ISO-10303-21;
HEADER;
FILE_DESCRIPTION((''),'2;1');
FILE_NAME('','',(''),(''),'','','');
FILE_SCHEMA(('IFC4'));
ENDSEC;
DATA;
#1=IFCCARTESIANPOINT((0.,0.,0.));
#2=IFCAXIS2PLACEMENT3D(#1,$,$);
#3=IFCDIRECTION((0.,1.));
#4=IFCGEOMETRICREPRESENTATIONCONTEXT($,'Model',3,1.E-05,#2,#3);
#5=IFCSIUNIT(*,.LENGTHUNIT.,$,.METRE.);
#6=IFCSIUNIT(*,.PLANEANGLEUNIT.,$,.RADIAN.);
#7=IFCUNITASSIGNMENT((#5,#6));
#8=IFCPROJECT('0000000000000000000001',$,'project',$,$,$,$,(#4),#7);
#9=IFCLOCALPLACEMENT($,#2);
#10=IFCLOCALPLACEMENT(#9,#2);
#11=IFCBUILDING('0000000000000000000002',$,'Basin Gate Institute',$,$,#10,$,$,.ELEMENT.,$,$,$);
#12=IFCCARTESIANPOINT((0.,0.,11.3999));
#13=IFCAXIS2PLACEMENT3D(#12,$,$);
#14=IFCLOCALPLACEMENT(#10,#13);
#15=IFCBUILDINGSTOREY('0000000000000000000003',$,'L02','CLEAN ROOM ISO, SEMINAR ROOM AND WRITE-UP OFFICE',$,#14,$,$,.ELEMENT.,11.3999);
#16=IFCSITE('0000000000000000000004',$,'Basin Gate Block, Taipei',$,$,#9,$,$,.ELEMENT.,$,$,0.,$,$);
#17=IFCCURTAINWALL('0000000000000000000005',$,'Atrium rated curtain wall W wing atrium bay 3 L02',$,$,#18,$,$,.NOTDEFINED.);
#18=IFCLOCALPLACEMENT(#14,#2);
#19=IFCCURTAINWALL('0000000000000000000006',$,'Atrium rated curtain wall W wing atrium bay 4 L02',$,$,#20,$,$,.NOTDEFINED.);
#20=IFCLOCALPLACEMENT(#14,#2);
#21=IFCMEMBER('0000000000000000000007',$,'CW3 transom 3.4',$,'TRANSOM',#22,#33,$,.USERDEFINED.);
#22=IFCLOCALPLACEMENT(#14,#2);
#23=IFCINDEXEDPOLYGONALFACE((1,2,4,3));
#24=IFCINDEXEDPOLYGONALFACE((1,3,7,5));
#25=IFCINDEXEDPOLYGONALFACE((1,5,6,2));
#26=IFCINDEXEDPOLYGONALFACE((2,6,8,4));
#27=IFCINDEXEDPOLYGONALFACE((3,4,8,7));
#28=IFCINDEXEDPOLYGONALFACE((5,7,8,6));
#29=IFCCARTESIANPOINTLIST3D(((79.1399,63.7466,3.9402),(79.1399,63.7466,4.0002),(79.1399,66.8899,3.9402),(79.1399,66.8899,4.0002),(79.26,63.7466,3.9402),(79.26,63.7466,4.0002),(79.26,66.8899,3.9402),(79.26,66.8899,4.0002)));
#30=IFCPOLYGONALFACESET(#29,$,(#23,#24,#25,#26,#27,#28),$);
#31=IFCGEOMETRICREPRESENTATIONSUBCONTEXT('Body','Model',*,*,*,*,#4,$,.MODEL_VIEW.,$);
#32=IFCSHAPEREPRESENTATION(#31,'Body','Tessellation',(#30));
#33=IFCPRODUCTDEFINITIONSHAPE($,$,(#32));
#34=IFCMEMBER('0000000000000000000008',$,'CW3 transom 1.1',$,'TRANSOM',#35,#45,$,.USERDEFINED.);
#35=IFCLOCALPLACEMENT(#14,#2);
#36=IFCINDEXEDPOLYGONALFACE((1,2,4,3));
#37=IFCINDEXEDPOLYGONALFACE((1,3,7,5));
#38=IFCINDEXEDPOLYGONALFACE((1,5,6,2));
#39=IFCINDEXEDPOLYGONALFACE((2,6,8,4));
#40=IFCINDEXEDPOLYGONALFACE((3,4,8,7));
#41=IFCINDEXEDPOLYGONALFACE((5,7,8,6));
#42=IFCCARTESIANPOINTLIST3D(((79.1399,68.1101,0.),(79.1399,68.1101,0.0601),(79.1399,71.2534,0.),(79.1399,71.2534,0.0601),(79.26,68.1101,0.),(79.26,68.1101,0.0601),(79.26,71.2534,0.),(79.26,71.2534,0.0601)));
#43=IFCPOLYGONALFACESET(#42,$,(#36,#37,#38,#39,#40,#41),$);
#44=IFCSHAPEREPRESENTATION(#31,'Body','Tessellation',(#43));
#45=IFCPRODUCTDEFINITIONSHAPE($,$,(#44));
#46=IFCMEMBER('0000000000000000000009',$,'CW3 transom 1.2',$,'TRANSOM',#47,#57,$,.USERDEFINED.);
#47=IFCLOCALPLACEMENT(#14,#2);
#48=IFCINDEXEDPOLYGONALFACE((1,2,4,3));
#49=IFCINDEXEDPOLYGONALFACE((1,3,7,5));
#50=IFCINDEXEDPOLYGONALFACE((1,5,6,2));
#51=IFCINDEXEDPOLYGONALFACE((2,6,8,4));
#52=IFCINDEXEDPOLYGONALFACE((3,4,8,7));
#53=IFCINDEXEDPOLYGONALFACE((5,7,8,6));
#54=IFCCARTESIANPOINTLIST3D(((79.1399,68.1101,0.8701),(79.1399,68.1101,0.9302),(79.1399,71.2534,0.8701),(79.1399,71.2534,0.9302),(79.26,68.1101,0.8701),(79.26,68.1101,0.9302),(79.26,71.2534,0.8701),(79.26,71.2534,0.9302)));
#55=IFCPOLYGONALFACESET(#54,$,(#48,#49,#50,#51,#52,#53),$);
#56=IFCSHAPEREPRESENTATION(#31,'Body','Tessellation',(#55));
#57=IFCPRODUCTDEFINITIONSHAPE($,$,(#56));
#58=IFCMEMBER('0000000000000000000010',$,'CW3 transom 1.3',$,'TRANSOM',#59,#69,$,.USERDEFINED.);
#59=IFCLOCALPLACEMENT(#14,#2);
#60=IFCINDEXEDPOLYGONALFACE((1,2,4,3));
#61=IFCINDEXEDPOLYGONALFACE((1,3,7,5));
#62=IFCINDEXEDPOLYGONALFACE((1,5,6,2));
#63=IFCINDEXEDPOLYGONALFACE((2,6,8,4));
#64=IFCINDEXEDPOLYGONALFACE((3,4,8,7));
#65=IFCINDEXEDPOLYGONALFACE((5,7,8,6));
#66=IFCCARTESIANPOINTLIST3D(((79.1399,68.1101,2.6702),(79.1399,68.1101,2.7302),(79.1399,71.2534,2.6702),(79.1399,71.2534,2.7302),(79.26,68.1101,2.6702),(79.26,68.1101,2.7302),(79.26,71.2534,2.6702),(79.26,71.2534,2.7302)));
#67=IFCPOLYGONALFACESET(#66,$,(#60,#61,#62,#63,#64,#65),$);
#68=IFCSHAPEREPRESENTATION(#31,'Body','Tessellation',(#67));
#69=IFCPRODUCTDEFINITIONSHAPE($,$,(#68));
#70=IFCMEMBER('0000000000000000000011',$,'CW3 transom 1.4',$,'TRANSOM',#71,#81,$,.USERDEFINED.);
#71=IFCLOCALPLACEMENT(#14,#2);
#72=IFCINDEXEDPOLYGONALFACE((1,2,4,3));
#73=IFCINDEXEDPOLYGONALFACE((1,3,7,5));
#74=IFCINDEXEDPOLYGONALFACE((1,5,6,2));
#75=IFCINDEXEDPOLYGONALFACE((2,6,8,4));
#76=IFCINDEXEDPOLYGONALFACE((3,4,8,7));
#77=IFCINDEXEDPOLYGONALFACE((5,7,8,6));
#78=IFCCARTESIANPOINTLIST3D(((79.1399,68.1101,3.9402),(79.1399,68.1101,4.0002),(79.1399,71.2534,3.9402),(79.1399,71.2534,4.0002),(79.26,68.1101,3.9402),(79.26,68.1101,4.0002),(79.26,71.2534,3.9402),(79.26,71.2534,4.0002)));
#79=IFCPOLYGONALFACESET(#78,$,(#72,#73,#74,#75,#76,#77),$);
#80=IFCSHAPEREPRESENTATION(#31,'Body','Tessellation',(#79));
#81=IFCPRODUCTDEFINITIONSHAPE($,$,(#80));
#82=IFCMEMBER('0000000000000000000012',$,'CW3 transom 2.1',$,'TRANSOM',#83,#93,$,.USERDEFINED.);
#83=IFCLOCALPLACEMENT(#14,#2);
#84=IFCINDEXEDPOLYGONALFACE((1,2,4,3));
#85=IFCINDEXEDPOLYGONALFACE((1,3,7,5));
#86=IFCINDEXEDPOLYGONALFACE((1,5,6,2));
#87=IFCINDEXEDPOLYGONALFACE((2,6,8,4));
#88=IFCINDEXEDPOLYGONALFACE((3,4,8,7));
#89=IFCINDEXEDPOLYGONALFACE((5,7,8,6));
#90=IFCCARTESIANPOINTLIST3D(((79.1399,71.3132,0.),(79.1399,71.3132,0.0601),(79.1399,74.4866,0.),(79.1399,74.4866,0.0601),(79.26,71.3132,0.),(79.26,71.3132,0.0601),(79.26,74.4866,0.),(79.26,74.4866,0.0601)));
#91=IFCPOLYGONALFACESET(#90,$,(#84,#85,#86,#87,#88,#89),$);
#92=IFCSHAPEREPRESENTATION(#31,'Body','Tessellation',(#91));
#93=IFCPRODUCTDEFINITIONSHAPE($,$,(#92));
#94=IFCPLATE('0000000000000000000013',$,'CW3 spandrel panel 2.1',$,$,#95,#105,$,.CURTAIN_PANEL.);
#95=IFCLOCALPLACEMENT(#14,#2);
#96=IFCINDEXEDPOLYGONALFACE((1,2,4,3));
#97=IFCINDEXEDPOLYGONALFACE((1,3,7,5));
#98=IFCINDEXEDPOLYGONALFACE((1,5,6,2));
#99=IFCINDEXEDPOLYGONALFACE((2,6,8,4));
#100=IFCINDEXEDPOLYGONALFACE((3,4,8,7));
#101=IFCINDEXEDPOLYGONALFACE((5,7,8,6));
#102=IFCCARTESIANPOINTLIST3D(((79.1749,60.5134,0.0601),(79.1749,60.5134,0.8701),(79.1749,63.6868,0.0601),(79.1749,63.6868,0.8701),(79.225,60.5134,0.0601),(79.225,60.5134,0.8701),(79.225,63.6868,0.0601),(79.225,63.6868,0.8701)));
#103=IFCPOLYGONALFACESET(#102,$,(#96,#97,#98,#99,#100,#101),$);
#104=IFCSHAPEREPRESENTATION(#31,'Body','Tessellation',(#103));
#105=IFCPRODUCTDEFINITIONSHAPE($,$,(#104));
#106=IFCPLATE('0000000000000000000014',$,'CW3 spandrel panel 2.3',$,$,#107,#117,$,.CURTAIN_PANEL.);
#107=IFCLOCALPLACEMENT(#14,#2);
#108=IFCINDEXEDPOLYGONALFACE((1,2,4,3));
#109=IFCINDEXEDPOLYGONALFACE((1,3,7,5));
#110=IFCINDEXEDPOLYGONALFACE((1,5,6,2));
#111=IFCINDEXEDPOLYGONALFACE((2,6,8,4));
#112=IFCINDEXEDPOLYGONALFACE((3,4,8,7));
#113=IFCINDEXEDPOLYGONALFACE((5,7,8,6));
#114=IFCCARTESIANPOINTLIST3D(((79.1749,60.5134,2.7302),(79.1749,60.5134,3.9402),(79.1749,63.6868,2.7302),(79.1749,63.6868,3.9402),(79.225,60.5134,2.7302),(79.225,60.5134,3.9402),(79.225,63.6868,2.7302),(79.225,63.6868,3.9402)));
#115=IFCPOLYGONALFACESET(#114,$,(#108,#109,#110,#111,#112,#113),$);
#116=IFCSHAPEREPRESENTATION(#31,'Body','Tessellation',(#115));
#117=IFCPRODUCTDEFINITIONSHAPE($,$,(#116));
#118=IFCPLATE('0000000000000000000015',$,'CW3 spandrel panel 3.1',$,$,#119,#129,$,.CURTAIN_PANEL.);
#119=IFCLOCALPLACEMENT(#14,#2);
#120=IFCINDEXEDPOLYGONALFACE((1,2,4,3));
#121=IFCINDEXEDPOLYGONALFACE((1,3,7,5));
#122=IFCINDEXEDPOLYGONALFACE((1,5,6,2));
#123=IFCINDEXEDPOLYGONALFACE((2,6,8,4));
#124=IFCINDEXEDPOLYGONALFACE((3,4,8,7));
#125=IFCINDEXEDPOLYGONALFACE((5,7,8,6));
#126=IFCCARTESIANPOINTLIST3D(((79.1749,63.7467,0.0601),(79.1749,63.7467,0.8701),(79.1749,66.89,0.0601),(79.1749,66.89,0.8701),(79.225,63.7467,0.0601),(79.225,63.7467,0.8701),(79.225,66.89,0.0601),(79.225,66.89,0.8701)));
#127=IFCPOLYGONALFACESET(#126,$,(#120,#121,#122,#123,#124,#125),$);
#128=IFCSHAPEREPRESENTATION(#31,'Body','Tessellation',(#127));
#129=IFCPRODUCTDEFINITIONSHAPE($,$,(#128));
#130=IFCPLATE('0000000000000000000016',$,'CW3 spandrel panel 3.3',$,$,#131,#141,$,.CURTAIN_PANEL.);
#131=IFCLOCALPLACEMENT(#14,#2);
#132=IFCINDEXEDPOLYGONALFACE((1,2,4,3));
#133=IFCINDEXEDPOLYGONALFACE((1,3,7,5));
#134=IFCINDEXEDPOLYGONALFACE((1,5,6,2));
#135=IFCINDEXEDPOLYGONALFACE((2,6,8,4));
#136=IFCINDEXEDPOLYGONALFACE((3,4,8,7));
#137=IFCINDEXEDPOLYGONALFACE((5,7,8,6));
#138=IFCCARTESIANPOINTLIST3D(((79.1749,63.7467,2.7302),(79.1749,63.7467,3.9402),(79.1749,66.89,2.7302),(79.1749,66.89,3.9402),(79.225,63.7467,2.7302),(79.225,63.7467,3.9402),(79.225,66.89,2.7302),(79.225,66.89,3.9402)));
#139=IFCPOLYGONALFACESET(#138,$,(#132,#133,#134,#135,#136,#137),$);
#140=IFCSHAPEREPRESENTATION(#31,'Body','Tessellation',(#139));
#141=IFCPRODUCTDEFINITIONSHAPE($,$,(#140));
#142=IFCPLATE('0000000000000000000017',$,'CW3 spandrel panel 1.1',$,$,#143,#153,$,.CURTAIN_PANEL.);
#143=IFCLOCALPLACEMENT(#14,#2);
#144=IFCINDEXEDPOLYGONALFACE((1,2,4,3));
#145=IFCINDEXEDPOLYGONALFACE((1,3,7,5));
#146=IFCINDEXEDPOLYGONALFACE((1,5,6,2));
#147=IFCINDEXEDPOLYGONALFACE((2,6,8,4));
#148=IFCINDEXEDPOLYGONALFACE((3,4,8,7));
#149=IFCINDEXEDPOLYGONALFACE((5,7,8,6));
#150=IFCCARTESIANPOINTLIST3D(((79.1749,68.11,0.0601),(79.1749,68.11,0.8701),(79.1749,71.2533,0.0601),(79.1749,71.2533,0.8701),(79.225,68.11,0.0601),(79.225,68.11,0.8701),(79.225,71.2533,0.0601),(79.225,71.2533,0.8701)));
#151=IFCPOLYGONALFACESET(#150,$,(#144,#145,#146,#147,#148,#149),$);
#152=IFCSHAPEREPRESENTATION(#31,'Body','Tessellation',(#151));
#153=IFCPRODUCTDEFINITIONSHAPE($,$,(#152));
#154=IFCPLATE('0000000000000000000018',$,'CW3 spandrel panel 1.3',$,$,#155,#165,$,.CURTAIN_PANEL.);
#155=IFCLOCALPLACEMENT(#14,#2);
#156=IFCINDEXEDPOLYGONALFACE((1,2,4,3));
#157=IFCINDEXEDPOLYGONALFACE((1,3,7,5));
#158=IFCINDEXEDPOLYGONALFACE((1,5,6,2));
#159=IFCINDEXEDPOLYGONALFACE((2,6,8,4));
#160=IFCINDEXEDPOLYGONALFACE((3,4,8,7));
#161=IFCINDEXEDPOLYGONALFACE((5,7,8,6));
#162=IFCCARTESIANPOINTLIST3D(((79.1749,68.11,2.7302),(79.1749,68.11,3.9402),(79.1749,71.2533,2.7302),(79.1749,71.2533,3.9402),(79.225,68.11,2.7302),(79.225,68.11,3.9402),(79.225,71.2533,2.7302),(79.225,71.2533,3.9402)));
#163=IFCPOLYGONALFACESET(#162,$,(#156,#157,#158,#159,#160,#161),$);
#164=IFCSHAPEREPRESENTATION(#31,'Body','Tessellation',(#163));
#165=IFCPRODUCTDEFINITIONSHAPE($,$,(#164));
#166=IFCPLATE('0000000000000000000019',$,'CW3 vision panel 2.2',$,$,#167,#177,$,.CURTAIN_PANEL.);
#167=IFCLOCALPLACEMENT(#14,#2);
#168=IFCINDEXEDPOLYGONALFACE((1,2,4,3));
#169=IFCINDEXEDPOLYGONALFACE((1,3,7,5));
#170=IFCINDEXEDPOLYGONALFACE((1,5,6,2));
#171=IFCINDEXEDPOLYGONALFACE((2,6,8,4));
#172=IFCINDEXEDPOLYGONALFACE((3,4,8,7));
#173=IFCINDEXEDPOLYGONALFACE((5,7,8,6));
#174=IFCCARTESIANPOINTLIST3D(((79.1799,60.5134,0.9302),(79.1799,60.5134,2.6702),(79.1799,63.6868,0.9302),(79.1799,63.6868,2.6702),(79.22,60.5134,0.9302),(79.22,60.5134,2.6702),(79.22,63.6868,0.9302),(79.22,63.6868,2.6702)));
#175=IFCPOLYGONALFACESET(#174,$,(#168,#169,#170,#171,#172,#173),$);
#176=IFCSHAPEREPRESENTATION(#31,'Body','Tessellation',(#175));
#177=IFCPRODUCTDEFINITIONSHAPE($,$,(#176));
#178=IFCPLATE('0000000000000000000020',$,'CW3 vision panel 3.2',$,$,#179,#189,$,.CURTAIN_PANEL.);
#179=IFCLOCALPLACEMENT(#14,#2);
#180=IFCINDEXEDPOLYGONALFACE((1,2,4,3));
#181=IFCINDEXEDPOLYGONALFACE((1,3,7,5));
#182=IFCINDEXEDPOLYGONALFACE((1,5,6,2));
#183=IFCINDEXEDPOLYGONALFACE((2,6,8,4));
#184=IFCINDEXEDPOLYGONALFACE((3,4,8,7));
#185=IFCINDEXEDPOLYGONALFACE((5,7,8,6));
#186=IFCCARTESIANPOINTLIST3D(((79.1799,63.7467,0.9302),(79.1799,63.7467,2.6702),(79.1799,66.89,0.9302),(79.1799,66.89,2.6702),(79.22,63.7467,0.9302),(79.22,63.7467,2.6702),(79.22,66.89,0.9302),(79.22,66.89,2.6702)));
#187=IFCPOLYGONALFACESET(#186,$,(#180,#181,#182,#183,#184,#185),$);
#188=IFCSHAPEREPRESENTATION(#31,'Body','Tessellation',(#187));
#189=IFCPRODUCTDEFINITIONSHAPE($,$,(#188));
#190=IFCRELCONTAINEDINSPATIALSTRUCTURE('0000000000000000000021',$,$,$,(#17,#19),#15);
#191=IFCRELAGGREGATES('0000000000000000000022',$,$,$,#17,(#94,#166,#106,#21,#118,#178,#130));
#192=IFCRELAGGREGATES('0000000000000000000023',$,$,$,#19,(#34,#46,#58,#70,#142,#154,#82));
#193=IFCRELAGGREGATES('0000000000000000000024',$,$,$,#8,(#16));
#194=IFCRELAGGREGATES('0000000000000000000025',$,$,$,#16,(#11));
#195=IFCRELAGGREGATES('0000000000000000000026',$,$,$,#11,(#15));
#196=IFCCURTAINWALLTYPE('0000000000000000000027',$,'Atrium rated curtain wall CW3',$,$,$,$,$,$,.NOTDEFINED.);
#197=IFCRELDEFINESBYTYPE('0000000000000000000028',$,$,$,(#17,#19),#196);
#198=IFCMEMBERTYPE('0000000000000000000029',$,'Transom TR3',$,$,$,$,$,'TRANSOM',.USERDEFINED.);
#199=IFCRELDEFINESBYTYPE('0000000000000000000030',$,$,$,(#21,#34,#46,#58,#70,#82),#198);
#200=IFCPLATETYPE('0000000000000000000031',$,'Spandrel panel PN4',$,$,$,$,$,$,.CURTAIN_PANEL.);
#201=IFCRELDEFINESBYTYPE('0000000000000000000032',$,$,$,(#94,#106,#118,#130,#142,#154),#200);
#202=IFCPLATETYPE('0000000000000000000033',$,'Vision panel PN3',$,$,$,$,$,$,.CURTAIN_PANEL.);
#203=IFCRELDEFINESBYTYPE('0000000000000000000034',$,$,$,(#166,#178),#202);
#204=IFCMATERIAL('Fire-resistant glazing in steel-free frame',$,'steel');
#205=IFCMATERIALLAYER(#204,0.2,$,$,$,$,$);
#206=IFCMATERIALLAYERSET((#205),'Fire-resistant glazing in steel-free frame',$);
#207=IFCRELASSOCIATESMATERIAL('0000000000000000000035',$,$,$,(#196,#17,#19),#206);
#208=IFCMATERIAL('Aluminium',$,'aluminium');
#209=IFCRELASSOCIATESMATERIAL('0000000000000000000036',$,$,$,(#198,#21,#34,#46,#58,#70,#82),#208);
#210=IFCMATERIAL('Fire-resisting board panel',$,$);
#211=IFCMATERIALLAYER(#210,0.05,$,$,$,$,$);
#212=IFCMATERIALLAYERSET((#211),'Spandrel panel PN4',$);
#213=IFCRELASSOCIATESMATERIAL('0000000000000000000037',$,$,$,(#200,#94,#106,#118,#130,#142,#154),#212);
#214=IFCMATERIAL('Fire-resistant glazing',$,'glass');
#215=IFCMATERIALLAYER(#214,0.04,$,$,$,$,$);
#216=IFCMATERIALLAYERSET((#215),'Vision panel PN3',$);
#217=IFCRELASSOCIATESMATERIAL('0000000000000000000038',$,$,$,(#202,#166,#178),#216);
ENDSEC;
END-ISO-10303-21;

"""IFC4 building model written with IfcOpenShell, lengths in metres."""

from ifc_helpers import new_model, si_unit, direction, frame, origin, origin_2d, place, context, subcontext, project, spatial, rectangle, extrude, material, layer, layer_set, material_profile, profile_set, type_object, element, aggregate, save


model = new_model("IFC4")

# Units and contexts
model_context = context("Model", 3, precision=1e-05, world=origin(), true_north=direction((0.0, 1.0)))
body_context = subcontext(model_context, "Body", "Model", "MODEL_VIEW")
ifc_project = project(units=[si_unit("LENGTHUNIT", "METRE"), si_unit("PLANEANGLEUNIT", "RADIAN")], contexts=[model_context])

# Site, building, storey
site_placement = place(None, origin())
site = spatial("IfcSite", under=ifc_project, at=site_placement, Name="Basin Gate Block, Taipei", CompositionType="ELEMENT", RefElevation=0.0)
building_placement = place(site_placement, origin())
building = spatial("IfcBuilding", under=site, at=building_placement, Name="Basin Gate Institute", CompositionType="ELEMENT")
storey_placement = place(building_placement, frame((0.0, 0.0, 11.3999)))
storey = spatial("IfcBuildingStorey", under=building, at=storey_placement, Name="L02", Description="CLEAN ROOM ISO, SEMINAR ROOM AND WRITE-UP OFFICE", CompositionType="ELEMENT", Elevation=11.3999)

# Curtain walls
ifc_material_1 = material(Name="Fire-resistant glazing in steel-free frame", Category="steel")
ifc_layer_1 = layer(ifc_material_1, 0.2)
ifc_layer_set_1 = layer_set([ifc_layer_1], Name="Fire-resistant glazing in steel-free frame")
curtain_wall_type = type_object("IfcCurtainWallType", Name="Atrium rated curtain wall CW3", PredefinedType="NOTDEFINED", material=ifc_layer_set_1)
curtain_wall_1_placement = place(storey_placement, origin())
curtain_wall_1 = element("IfcCurtainWall", 1, at=curtain_wall_1_placement, inside=storey, type_object=curtain_wall_type, material=ifc_layer_set_1, Name="Atrium rated curtain wall W wing atrium bay 3 L02", PredefinedType="NOTDEFINED")
curtain_wall_2_placement = place(storey_placement, origin())
curtain_wall_2 = element("IfcCurtainWall", 2, at=curtain_wall_2_placement, inside=storey, type_object=curtain_wall_type, material=ifc_layer_set_1, Name="Atrium rated curtain wall W wing atrium bay 4 L02", PredefinedType="NOTDEFINED")

# Members
ifc_material_2 = material(Name="Aluminium", Category="aluminium")
ifc_material_profile_1 = material_profile(ifc_material_2, rectangle(XDim=0.1201, YDim=0.0601, at=origin_2d()), Name="Transom TR3 120 x 60")
ifc_profile_set_1 = profile_set([ifc_material_profile_1], Name="Aluminium")
member_type_1 = type_object("IfcMemberType", Name="Transom TR3", ElementType="TRANSOM", PredefinedType="USERDEFINED", material=ifc_profile_set_1)
member_1_placement = place(storey_placement, frame((79.2, 63.7466, 3.9702), z_axis=(0.0, 1.0, 0.0), x_axis=(-1.0, 0.0, 0.0)))
member_1 = element("IfcMember", 3, at=member_1_placement, type_object=member_type_1, material=ifc_profile_set_1, Name="CW3 transom 3.4", ObjectType="TRANSOM", PredefinedType="USERDEFINED", context=body_context, shape_type="SweptSolid", body=[
    extrude(rectangle(XDim=0.1201, YDim=0.0601, at=origin_2d()), origin(), (0.0, 0.0, 1.0), 3.1433),
])
member_2_placement = place(storey_placement, frame((79.2, 68.1101, 0.03), z_axis=(0.0, 1.0, 0.0), x_axis=(-1.0, 0.0, 0.0)))
member_2 = element("IfcMember", 4, at=member_2_placement, type_object=member_type_1, material=ifc_profile_set_1, Name="CW3 transom 1.1", ObjectType="TRANSOM", PredefinedType="USERDEFINED", context=body_context, shape_type="SweptSolid", body=[
    extrude(rectangle(XDim=0.1201, YDim=0.0601, at=origin_2d()), origin(), (0.0, 0.0, 1.0), 3.1433),
])
member_3_placement = place(storey_placement, frame((79.2, 68.1101, 0.9001), z_axis=(0.0, 1.0, 0.0), x_axis=(-1.0, 0.0, 0.0)))
member_3 = element("IfcMember", 5, at=member_3_placement, type_object=member_type_1, material=ifc_profile_set_1, Name="CW3 transom 1.2", ObjectType="TRANSOM", PredefinedType="USERDEFINED", context=body_context, shape_type="SweptSolid", body=[
    extrude(rectangle(XDim=0.1201, YDim=0.0601, at=origin_2d()), origin(), (0.0, 0.0, 1.0), 3.1433),
])
member_4_placement = place(storey_placement, frame((79.2, 68.1101, 2.7002), z_axis=(0.0, 1.0, 0.0), x_axis=(-1.0, 0.0, 0.0)))
member_4 = element("IfcMember", 6, at=member_4_placement, type_object=member_type_1, material=ifc_profile_set_1, Name="CW3 transom 1.3", ObjectType="TRANSOM", PredefinedType="USERDEFINED", context=body_context, shape_type="SweptSolid", body=[
    extrude(rectangle(XDim=0.1201, YDim=0.0601, at=origin_2d()), origin(), (0.0, 0.0, 1.0), 3.1433),
])
member_5_placement = place(storey_placement, frame((79.2, 68.1101, 3.9702), z_axis=(0.0, 1.0, 0.0), x_axis=(-1.0, 0.0, 0.0)))
member_5 = element("IfcMember", 7, at=member_5_placement, type_object=member_type_1, material=ifc_profile_set_1, Name="CW3 transom 1.4", ObjectType="TRANSOM", PredefinedType="USERDEFINED", context=body_context, shape_type="SweptSolid", body=[
    extrude(rectangle(XDim=0.1201, YDim=0.0601, at=origin_2d()), origin(), (0.0, 0.0, 1.0), 3.1433),
])
member_6_placement = place(storey_placement, frame((79.2, 71.3132, 0.03), z_axis=(0.0, 1.0, 0.0), x_axis=(-1.0, 0.0, 0.0)))
member_6 = element("IfcMember", 8, at=member_6_placement, type_object=member_type_1, material=ifc_profile_set_1, Name="CW3 transom 2.1", ObjectType="TRANSOM", PredefinedType="USERDEFINED", context=body_context, shape_type="SweptSolid", body=[
    extrude(rectangle(XDim=0.1201, YDim=0.0601, at=origin_2d()), origin(), (0.0, 0.0, 1.0), 3.1733),
])

# Plates
ifc_material_3 = material(Name="Fire-resisting board panel")
ifc_layer_2 = layer(ifc_material_3, 0.05)
ifc_layer_set_2 = layer_set([ifc_layer_2], Name="Spandrel panel PN4")
plate_type_1 = type_object("IfcPlateType", Name="Spandrel panel PN4", PredefinedType="CURTAIN_PANEL", material=ifc_layer_set_2)
plate_1_placement = place(storey_placement, frame((79.2, 62.1001, 0.0601), z_axis=(0.0, 0.0, 1.0), x_axis=(0.0, 1.0, 0.0)))
plate_1 = element("IfcPlate", 9, at=plate_1_placement, type_object=plate_type_1, material=ifc_layer_set_2, Name="CW3 spandrel panel 2.1", PredefinedType="CURTAIN_PANEL", context=body_context, shape_type="SweptSolid", body=[
    extrude(rectangle(XDim=3.1733, YDim=0.05, at=origin_2d()), origin(), (0.0, 0.0, 1.0), 0.8101),
])
plate_2_placement = place(storey_placement, frame((79.2, 62.1001, 2.7302), z_axis=(0.0, 0.0, 1.0), x_axis=(0.0, 1.0, 0.0)))
plate_2 = element("IfcPlate", 10, at=plate_2_placement, type_object=plate_type_1, material=ifc_layer_set_2, Name="CW3 spandrel panel 2.3", PredefinedType="CURTAIN_PANEL", context=body_context, shape_type="SweptSolid", body=[
    extrude(rectangle(XDim=3.1733, YDim=0.05, at=origin_2d()), origin(), (0.0, 0.0, 1.0), 1.21),
])
plate_3_placement = place(storey_placement, frame((79.2, 65.3184, 0.0601), z_axis=(0.0, 0.0, 1.0), x_axis=(0.0, 1.0, 0.0)))
plate_3 = element("IfcPlate", 11, at=plate_3_placement, type_object=plate_type_1, material=ifc_layer_set_2, Name="CW3 spandrel panel 3.1", PredefinedType="CURTAIN_PANEL", context=body_context, shape_type="SweptSolid", body=[
    extrude(rectangle(XDim=3.1433, YDim=0.05, at=origin_2d()), origin(), (0.0, 0.0, 1.0), 0.8101),
])
plate_4_placement = place(storey_placement, frame((79.2, 65.3184, 2.7302), z_axis=(0.0, 0.0, 1.0), x_axis=(0.0, 1.0, 0.0)))
plate_4 = element("IfcPlate", 12, at=plate_4_placement, type_object=plate_type_1, material=ifc_layer_set_2, Name="CW3 spandrel panel 3.3", PredefinedType="CURTAIN_PANEL", context=body_context, shape_type="SweptSolid", body=[
    extrude(rectangle(XDim=3.1433, YDim=0.05, at=origin_2d()), origin(), (0.0, 0.0, 1.0), 1.21),
])
plate_5_placement = place(storey_placement, frame((79.2, 69.6816, 0.0601), z_axis=(0.0, 0.0, 1.0), x_axis=(0.0, 1.0, 0.0)))
plate_5 = element("IfcPlate", 13, at=plate_5_placement, type_object=plate_type_1, material=ifc_layer_set_2, Name="CW3 spandrel panel 1.1", PredefinedType="CURTAIN_PANEL", context=body_context, shape_type="SweptSolid", body=[
    extrude(rectangle(XDim=3.1433, YDim=0.05, at=origin_2d()), origin(), (0.0, 0.0, 1.0), 0.8101),
])
plate_6_placement = place(storey_placement, frame((79.2, 69.6816, 2.7302), z_axis=(0.0, 0.0, 1.0), x_axis=(0.0, 1.0, 0.0)))
plate_6 = element("IfcPlate", 14, at=plate_6_placement, type_object=plate_type_1, material=ifc_layer_set_2, Name="CW3 spandrel panel 1.3", PredefinedType="CURTAIN_PANEL", context=body_context, shape_type="SweptSolid", body=[
    extrude(rectangle(XDim=3.1433, YDim=0.05, at=origin_2d()), origin(), (0.0, 0.0, 1.0), 1.21),
])
ifc_material_4 = material(Name="Fire-resistant glazing", Category="glass")
ifc_layer_3 = layer(ifc_material_4, 0.04)
ifc_layer_set_3 = layer_set([ifc_layer_3], Name="Vision panel PN3")
plate_type_2 = type_object("IfcPlateType", Name="Vision panel PN3", PredefinedType="CURTAIN_PANEL", material=ifc_layer_set_3)
plate_7_placement = place(storey_placement, frame((79.2, 62.1001, 0.9302), z_axis=(0.0, 0.0, 1.0), x_axis=(0.0, 1.0, 0.0)))
plate_7 = element("IfcPlate", 15, at=plate_7_placement, type_object=plate_type_2, material=ifc_layer_set_3, Name="CW3 vision panel 2.2", PredefinedType="CURTAIN_PANEL", context=body_context, shape_type="SweptSolid", body=[
    extrude(rectangle(XDim=3.1733, YDim=0.04, at=origin_2d()), origin(), (0.0, 0.0, 1.0), 1.74),
])
plate_8_placement = place(storey_placement, frame((79.2, 65.3184, 0.9302), z_axis=(0.0, 0.0, 1.0), x_axis=(0.0, 1.0, 0.0)))
plate_8 = element("IfcPlate", 16, at=plate_8_placement, type_object=plate_type_2, material=ifc_layer_set_3, Name="CW3 vision panel 3.2", PredefinedType="CURTAIN_PANEL", context=body_context, shape_type="SweptSolid", body=[
    extrude(rectangle(XDim=3.1433, YDim=0.04, at=origin_2d()), origin(), (0.0, 0.0, 1.0), 1.74),
])
aggregate(curtain_wall_1, [plate_1, plate_7, plate_2, member_1, plate_3, plate_8, plate_4])
aggregate(curtain_wall_2, [member_2, member_3, member_4, member_5, plate_5, plate_6, member_6])

save(model, "model.ifc")
